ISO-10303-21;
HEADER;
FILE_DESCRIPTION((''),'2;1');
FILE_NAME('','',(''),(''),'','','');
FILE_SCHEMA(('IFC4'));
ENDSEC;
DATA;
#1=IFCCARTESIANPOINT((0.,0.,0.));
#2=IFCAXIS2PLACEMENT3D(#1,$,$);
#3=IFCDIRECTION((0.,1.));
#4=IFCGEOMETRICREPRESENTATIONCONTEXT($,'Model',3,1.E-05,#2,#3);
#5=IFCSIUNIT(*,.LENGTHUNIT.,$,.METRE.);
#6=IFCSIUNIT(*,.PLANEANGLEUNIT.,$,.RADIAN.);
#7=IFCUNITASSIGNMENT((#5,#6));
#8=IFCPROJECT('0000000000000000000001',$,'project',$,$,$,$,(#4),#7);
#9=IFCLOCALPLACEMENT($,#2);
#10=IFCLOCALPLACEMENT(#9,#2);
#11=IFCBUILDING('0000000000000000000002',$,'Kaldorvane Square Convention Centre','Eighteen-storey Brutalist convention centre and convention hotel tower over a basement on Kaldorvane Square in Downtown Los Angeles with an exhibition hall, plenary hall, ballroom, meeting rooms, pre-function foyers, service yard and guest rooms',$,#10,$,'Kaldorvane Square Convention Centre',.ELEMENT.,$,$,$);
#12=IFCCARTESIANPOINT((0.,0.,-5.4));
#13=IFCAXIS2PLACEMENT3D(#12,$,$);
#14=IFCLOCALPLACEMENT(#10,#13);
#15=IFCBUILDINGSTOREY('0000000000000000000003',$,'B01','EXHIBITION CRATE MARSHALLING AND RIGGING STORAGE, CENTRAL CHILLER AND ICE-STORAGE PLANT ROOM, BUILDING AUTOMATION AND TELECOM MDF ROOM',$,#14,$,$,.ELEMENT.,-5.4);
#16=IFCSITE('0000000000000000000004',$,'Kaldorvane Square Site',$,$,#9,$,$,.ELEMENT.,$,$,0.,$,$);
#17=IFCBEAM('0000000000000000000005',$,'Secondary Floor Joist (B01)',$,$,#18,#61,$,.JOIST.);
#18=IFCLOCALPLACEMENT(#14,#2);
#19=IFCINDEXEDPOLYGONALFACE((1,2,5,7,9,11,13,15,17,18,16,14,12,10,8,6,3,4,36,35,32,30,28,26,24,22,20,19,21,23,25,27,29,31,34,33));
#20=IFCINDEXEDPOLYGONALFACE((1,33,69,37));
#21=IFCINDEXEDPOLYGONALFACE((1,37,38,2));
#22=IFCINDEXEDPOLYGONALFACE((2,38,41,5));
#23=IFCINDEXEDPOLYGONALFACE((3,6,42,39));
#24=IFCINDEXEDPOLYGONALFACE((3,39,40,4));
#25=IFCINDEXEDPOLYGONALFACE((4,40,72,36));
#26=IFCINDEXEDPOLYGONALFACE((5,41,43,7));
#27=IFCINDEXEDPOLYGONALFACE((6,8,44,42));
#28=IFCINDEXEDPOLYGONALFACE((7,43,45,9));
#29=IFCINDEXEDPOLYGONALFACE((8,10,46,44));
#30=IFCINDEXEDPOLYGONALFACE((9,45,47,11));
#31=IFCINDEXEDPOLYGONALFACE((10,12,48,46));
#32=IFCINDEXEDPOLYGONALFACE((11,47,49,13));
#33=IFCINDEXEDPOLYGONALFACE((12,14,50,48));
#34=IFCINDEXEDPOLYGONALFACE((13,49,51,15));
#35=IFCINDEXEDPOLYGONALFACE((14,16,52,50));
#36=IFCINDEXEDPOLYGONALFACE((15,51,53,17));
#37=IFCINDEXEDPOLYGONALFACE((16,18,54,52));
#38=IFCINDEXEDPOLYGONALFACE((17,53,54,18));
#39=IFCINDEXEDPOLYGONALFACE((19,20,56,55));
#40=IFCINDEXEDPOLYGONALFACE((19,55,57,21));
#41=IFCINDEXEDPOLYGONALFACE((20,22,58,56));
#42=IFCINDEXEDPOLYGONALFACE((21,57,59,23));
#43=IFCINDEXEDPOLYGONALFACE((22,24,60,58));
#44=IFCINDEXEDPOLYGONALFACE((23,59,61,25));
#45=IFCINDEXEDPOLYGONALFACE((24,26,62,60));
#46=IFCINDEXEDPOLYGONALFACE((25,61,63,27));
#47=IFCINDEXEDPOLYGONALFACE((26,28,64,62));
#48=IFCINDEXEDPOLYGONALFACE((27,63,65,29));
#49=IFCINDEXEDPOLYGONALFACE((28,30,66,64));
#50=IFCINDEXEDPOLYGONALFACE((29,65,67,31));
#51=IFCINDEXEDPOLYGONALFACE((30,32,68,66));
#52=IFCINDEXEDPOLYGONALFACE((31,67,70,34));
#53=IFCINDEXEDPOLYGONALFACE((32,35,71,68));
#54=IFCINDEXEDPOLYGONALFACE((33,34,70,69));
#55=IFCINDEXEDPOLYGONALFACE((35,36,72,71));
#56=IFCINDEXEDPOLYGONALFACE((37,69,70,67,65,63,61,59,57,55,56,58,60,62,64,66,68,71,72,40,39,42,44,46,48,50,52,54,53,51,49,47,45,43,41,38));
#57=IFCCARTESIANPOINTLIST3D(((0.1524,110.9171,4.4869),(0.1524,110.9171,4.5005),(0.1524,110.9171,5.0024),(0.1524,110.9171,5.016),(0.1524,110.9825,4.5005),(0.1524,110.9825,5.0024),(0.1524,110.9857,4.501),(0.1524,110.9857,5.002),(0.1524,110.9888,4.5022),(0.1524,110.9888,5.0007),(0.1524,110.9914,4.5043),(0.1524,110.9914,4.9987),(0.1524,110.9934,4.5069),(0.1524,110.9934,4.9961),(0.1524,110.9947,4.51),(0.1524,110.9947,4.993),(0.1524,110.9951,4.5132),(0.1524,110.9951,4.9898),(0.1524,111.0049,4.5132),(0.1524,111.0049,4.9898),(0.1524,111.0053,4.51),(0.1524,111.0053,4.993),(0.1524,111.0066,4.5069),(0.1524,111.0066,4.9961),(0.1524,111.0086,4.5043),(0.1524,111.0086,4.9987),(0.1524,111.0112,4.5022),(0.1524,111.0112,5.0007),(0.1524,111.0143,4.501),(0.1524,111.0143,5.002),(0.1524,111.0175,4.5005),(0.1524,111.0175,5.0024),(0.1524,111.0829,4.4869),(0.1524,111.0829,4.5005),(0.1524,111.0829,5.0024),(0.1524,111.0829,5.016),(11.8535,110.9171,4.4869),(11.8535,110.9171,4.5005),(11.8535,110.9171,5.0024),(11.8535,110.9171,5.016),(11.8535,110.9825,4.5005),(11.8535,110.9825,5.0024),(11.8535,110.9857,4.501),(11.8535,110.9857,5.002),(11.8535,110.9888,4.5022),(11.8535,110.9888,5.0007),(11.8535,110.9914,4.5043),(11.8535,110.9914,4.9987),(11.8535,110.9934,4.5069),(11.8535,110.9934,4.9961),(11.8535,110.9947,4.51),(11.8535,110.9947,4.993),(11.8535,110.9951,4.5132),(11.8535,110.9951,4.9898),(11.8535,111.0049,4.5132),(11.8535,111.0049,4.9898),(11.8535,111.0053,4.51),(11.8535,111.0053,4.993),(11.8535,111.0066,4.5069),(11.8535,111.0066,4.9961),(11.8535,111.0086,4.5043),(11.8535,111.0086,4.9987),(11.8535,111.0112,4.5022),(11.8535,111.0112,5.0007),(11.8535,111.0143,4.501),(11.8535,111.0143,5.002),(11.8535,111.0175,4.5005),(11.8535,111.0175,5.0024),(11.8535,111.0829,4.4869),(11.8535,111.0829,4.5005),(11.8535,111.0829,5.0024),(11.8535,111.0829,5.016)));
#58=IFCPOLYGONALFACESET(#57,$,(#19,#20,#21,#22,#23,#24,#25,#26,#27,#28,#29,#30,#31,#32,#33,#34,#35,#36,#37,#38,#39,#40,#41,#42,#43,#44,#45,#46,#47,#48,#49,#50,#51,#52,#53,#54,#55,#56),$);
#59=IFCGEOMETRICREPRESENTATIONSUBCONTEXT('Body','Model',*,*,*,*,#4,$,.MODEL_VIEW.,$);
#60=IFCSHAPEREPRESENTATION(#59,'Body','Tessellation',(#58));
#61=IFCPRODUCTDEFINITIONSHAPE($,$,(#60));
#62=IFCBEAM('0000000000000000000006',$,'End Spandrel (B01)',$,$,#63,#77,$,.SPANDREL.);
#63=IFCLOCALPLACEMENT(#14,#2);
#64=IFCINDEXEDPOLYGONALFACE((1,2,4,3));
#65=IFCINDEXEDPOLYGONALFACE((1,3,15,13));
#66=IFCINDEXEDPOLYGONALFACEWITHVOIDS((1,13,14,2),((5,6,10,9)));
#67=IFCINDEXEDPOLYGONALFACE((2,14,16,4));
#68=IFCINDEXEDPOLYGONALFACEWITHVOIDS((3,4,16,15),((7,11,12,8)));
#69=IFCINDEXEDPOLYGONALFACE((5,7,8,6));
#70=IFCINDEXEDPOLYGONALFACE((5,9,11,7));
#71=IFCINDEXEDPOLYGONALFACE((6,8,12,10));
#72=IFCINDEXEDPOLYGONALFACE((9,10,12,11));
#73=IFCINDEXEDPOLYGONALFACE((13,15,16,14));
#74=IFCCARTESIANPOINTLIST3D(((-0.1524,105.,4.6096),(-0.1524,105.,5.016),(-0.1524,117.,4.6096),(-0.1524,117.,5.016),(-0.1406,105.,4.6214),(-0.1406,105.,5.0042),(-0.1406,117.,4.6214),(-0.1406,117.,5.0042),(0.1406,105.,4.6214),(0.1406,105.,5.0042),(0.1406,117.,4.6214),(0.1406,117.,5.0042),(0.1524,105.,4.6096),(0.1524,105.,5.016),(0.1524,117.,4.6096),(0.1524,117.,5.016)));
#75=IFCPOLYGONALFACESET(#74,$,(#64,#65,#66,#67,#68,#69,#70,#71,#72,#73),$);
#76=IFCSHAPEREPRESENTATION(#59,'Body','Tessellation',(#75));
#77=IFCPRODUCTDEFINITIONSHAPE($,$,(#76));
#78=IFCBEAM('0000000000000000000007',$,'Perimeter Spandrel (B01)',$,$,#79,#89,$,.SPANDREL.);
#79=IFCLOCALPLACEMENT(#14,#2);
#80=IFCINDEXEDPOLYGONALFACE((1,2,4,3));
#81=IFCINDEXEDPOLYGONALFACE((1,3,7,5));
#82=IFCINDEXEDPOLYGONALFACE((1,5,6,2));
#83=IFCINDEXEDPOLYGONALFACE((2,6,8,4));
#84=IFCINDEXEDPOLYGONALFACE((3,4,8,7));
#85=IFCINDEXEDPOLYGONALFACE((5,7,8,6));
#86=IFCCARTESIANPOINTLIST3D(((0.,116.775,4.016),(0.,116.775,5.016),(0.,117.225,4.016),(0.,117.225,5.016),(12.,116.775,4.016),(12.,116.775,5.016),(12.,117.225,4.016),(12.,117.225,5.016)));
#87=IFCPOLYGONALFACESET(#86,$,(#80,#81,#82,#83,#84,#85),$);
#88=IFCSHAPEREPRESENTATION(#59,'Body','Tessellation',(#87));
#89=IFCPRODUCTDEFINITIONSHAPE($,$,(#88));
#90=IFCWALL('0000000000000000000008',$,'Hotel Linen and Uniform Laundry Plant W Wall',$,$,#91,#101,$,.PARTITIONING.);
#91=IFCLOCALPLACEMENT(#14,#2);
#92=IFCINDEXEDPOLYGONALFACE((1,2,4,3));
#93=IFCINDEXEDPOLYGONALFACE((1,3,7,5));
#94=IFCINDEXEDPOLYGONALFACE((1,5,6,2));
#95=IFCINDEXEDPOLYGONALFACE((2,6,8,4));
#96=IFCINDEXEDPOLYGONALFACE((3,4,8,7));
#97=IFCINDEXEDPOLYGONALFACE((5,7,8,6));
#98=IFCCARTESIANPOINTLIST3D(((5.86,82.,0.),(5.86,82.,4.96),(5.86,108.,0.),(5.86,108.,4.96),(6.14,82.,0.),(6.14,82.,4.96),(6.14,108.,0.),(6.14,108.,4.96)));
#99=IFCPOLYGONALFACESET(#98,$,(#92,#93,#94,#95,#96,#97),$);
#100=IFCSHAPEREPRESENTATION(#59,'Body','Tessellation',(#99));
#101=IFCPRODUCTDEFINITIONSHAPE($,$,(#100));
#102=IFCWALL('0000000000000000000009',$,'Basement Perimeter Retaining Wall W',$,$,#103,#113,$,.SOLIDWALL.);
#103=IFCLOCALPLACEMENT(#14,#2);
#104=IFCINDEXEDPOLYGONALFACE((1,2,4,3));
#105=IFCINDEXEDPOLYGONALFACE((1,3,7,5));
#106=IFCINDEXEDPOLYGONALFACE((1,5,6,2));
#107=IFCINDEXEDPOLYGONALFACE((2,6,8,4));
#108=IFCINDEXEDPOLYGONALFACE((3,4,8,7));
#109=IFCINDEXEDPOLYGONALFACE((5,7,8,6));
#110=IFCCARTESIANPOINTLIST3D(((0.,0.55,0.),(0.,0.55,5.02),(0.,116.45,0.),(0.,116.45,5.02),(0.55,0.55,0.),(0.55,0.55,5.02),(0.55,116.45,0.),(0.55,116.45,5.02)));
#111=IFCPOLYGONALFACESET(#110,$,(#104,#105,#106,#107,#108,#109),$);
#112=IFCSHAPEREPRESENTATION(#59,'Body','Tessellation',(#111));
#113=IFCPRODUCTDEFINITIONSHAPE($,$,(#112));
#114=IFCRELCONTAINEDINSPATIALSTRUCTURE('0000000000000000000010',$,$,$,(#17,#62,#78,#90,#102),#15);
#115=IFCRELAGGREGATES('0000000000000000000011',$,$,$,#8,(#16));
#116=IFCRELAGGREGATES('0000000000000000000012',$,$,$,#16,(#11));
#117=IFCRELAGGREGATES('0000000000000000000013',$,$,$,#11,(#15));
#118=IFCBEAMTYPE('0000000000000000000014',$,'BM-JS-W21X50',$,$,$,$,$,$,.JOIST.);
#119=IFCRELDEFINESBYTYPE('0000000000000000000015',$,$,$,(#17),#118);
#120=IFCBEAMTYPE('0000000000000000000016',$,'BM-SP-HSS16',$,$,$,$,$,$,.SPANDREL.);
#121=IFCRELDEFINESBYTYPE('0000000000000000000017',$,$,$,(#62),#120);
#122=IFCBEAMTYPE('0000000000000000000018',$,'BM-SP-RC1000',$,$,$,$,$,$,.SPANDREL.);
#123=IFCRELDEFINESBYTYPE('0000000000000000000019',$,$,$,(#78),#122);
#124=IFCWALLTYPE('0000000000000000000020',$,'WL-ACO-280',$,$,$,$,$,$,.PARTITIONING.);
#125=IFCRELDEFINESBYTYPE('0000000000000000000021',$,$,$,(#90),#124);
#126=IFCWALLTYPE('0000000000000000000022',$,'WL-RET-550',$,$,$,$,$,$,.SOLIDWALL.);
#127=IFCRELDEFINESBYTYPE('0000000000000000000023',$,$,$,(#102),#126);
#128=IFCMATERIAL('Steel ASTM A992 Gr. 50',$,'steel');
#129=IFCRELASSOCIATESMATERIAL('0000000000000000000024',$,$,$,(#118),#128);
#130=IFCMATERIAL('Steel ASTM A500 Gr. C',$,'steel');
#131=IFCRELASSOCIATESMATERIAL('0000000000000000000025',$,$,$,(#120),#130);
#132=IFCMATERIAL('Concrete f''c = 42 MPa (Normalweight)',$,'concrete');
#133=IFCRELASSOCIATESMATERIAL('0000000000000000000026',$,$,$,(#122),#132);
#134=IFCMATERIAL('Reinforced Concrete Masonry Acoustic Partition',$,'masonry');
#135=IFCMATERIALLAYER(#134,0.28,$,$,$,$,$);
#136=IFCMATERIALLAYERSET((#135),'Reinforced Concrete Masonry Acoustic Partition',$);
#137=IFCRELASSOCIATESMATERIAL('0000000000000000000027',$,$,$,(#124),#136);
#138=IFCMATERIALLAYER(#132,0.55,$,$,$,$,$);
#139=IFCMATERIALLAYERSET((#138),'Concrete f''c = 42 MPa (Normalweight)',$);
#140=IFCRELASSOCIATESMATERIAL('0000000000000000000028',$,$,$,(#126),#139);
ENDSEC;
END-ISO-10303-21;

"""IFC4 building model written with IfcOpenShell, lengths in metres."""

from ifc_helpers import new_model, si_unit, direction, frame, frame_2d, origin, origin_2d, place, context, subcontext, project, spatial, rectangle, hollow_rectangle, i_section, extrude, material, layer, layer_set, material_profile, profile_set, type_object, element, save


model = new_model("IFC4")

# Units and contexts
model_context = context("Model", 3, precision=1e-05, world=origin(), true_north=direction((0.0, 1.0)))
body_context = subcontext(model_context, "Body", "Model", "MODEL_VIEW")
ifc_project = project(units=[si_unit("LENGTHUNIT", "METRE"), si_unit("PLANEANGLEUNIT", "RADIAN")], contexts=[model_context])

# Site, building, storey
site_placement = place(None, origin())
site = spatial("IfcSite", under=ifc_project, at=site_placement, Name="Kaldorvane Square Site", CompositionType="ELEMENT", RefElevation=0.0)
building_placement = place(site_placement, origin())
building = spatial("IfcBuilding", under=site, at=building_placement, Name="Kaldorvane Square Convention Centre", Description="Eighteen-storey Brutalist convention centre and convention hotel tower over a basement on Kaldorvane Square in Downtown Los Angeles with an exhibition hall, plenary hall, ballroom, meeting rooms, pre-function foyers, service yard and guest rooms", LongName="Kaldorvane Square Convention Centre", CompositionType="ELEMENT")
storey_placement = place(building_placement, frame((0.0, 0.0, -5.4)))
storey = spatial("IfcBuildingStorey", under=building, at=storey_placement, Name="B01", Description="EXHIBITION CRATE MARSHALLING AND RIGGING STORAGE, CENTRAL CHILLER AND ICE-STORAGE PLANT ROOM, BUILDING AUTOMATION AND TELECOM MDF ROOM", CompositionType="ELEMENT", Elevation=-5.4)

# Shared definitions
ifc_material_1 = material(Name="Concrete f'c = 42 MPa (Normalweight)", Category="concrete")

# Shared definitions
ifc_material_2 = material(Name="Steel ASTM A992 Gr. 50", Category="steel")

# Beams
ifc_material_profile_1 = material_profile(ifc_material_2, i_section(OverallWidth=0.1659, OverallDepth=0.5291, WebThickness=0.0097, FlangeThickness=0.0136, FilletRadius=0.0127, at=origin_2d()), Name="W21X50")
ifc_profile_set_1 = profile_set([ifc_material_profile_1], Name="Steel ASTM A992 Gr. 50")
beam_type_1 = type_object("IfcBeamType", Name="BM-JS-W21X50", PredefinedType="JOIST", material=ifc_profile_set_1)
beam_1_placement = place(storey_placement, frame((0.1524, 111.0, 4.7515), z_axis=(1.0, 0.0, 0.0), x_axis=(0.0, 1.0, 0.0)))
element("IfcBeam", 1, at=beam_1_placement, inside=storey, type_object=beam_type_1, Name="Secondary Floor Joist (B01)", PredefinedType="JOIST", context=body_context, shape_type="SweptSolid", body=[
    extrude(i_section(OverallWidth=0.1659, OverallDepth=0.5291, WebThickness=0.0097, FlangeThickness=0.0136, FilletRadius=0.0127, at=origin_2d()), origin(), (0.0, 0.0, 1.0), 11.7011),
])
ifc_material_3 = material(Name="Steel ASTM A500 Gr. C", Category="steel")
ifc_material_profile_2 = material_profile(ifc_material_3, hollow_rectangle(XDim=0.3048, YDim=0.4064, WallThickness=0.0118, at=origin_2d()), Name="HSS16X12X1/2")
ifc_profile_set_2 = profile_set([ifc_material_profile_2], Name="Steel ASTM A500 Gr. C")
beam_type_2 = type_object("IfcBeamType", Name="BM-SP-HSS16", PredefinedType="SPANDREL", material=ifc_profile_set_2)
beam_2_placement = place(storey_placement, frame((0.0, 105.0, 4.8128), z_axis=(0.0, 1.0, 0.0), x_axis=(-1.0, 0.0, 0.0)))
element("IfcBeam", 2, at=beam_2_placement, inside=storey, type_object=beam_type_2, Name="End Spandrel (B01)", PredefinedType="SPANDREL", context=body_context, shape_type="SweptSolid", body=[
    extrude(hollow_rectangle(XDim=0.3048, YDim=0.4064, WallThickness=0.0118, at=origin_2d()), origin(), (0.0, 0.0, 1.0), 12.0),
])
ifc_material_profile_3 = material_profile(ifc_material_1, rectangle(XDim=0.45, YDim=1.0, at=origin_2d()), Name="RCSP1000X450")
ifc_profile_set_3 = profile_set([ifc_material_profile_3], Name="Concrete f'c = 42 MPa (Normalweight)")
beam_type_3 = type_object("IfcBeamType", Name="BM-SP-RC1000", PredefinedType="SPANDREL", material=ifc_profile_set_3)
beam_3_placement = place(storey_placement, frame((0.0, 117.0, 4.516), z_axis=(1.0, 0.0, 0.0), x_axis=(0.0, 1.0, 0.0)))
element("IfcBeam", 3, at=beam_3_placement, inside=storey, type_object=beam_type_3, Name="Perimeter Spandrel (B01)", PredefinedType="SPANDREL", context=body_context, shape_type="SweptSolid", body=[
    extrude(rectangle(XDim=0.45, YDim=1.0, at=origin_2d()), origin(), (0.0, 0.0, 1.0), 12.0),
])

# Walls
ifc_material_4 = material(Name="Reinforced Concrete Masonry Acoustic Partition", Category="masonry")
ifc_layer_1 = layer(ifc_material_4, 0.28)
ifc_layer_set_1 = layer_set([ifc_layer_1], Name="Reinforced Concrete Masonry Acoustic Partition")
wall_type_1 = type_object("IfcWallType", Name="WL-ACO-280", PredefinedType="PARTITIONING", material=ifc_layer_set_1)
wall_1_placement = place(storey_placement, frame((6.0, 108.0, 0.0), z_axis=(0.0, 0.0, 1.0), x_axis=(0.0, -1.0, 0.0)))
element("IfcWall", 4, at=wall_1_placement, inside=storey, type_object=wall_type_1, Name="Hotel Linen and Uniform Laundry Plant W Wall", PredefinedType="PARTITIONING", context=body_context, shape_type="SweptSolid", body=[
    extrude(rectangle(XDim=26.0, YDim=0.28, at=frame_2d((13.0, 0.0))), origin(), (0.0, 0.0, 1.0), 4.96),
])
ifc_layer_2 = layer(ifc_material_1, 0.55)
ifc_layer_set_2 = layer_set([ifc_layer_2], Name="Concrete f'c = 42 MPa (Normalweight)")
wall_type_2 = type_object("IfcWallType", Name="WL-RET-550", PredefinedType="SOLIDWALL", material=ifc_layer_set_2)
wall_2_placement = place(storey_placement, frame((0.275, 116.45, 0.0), z_axis=(0.0, 0.0, 1.0), x_axis=(0.0, -1.0, 0.0)))
element("IfcWall", 5, at=wall_2_placement, inside=storey, type_object=wall_type_2, Name="Basement Perimeter Retaining Wall W", PredefinedType="SOLIDWALL", context=body_context, shape_type="SweptSolid", body=[
    extrude(rectangle(XDim=115.9, YDim=0.55, at=frame_2d((57.95, 0.0))), origin(), (0.0, 0.0, 1.0), 5.02),
])

save(model, "model.ifc")
